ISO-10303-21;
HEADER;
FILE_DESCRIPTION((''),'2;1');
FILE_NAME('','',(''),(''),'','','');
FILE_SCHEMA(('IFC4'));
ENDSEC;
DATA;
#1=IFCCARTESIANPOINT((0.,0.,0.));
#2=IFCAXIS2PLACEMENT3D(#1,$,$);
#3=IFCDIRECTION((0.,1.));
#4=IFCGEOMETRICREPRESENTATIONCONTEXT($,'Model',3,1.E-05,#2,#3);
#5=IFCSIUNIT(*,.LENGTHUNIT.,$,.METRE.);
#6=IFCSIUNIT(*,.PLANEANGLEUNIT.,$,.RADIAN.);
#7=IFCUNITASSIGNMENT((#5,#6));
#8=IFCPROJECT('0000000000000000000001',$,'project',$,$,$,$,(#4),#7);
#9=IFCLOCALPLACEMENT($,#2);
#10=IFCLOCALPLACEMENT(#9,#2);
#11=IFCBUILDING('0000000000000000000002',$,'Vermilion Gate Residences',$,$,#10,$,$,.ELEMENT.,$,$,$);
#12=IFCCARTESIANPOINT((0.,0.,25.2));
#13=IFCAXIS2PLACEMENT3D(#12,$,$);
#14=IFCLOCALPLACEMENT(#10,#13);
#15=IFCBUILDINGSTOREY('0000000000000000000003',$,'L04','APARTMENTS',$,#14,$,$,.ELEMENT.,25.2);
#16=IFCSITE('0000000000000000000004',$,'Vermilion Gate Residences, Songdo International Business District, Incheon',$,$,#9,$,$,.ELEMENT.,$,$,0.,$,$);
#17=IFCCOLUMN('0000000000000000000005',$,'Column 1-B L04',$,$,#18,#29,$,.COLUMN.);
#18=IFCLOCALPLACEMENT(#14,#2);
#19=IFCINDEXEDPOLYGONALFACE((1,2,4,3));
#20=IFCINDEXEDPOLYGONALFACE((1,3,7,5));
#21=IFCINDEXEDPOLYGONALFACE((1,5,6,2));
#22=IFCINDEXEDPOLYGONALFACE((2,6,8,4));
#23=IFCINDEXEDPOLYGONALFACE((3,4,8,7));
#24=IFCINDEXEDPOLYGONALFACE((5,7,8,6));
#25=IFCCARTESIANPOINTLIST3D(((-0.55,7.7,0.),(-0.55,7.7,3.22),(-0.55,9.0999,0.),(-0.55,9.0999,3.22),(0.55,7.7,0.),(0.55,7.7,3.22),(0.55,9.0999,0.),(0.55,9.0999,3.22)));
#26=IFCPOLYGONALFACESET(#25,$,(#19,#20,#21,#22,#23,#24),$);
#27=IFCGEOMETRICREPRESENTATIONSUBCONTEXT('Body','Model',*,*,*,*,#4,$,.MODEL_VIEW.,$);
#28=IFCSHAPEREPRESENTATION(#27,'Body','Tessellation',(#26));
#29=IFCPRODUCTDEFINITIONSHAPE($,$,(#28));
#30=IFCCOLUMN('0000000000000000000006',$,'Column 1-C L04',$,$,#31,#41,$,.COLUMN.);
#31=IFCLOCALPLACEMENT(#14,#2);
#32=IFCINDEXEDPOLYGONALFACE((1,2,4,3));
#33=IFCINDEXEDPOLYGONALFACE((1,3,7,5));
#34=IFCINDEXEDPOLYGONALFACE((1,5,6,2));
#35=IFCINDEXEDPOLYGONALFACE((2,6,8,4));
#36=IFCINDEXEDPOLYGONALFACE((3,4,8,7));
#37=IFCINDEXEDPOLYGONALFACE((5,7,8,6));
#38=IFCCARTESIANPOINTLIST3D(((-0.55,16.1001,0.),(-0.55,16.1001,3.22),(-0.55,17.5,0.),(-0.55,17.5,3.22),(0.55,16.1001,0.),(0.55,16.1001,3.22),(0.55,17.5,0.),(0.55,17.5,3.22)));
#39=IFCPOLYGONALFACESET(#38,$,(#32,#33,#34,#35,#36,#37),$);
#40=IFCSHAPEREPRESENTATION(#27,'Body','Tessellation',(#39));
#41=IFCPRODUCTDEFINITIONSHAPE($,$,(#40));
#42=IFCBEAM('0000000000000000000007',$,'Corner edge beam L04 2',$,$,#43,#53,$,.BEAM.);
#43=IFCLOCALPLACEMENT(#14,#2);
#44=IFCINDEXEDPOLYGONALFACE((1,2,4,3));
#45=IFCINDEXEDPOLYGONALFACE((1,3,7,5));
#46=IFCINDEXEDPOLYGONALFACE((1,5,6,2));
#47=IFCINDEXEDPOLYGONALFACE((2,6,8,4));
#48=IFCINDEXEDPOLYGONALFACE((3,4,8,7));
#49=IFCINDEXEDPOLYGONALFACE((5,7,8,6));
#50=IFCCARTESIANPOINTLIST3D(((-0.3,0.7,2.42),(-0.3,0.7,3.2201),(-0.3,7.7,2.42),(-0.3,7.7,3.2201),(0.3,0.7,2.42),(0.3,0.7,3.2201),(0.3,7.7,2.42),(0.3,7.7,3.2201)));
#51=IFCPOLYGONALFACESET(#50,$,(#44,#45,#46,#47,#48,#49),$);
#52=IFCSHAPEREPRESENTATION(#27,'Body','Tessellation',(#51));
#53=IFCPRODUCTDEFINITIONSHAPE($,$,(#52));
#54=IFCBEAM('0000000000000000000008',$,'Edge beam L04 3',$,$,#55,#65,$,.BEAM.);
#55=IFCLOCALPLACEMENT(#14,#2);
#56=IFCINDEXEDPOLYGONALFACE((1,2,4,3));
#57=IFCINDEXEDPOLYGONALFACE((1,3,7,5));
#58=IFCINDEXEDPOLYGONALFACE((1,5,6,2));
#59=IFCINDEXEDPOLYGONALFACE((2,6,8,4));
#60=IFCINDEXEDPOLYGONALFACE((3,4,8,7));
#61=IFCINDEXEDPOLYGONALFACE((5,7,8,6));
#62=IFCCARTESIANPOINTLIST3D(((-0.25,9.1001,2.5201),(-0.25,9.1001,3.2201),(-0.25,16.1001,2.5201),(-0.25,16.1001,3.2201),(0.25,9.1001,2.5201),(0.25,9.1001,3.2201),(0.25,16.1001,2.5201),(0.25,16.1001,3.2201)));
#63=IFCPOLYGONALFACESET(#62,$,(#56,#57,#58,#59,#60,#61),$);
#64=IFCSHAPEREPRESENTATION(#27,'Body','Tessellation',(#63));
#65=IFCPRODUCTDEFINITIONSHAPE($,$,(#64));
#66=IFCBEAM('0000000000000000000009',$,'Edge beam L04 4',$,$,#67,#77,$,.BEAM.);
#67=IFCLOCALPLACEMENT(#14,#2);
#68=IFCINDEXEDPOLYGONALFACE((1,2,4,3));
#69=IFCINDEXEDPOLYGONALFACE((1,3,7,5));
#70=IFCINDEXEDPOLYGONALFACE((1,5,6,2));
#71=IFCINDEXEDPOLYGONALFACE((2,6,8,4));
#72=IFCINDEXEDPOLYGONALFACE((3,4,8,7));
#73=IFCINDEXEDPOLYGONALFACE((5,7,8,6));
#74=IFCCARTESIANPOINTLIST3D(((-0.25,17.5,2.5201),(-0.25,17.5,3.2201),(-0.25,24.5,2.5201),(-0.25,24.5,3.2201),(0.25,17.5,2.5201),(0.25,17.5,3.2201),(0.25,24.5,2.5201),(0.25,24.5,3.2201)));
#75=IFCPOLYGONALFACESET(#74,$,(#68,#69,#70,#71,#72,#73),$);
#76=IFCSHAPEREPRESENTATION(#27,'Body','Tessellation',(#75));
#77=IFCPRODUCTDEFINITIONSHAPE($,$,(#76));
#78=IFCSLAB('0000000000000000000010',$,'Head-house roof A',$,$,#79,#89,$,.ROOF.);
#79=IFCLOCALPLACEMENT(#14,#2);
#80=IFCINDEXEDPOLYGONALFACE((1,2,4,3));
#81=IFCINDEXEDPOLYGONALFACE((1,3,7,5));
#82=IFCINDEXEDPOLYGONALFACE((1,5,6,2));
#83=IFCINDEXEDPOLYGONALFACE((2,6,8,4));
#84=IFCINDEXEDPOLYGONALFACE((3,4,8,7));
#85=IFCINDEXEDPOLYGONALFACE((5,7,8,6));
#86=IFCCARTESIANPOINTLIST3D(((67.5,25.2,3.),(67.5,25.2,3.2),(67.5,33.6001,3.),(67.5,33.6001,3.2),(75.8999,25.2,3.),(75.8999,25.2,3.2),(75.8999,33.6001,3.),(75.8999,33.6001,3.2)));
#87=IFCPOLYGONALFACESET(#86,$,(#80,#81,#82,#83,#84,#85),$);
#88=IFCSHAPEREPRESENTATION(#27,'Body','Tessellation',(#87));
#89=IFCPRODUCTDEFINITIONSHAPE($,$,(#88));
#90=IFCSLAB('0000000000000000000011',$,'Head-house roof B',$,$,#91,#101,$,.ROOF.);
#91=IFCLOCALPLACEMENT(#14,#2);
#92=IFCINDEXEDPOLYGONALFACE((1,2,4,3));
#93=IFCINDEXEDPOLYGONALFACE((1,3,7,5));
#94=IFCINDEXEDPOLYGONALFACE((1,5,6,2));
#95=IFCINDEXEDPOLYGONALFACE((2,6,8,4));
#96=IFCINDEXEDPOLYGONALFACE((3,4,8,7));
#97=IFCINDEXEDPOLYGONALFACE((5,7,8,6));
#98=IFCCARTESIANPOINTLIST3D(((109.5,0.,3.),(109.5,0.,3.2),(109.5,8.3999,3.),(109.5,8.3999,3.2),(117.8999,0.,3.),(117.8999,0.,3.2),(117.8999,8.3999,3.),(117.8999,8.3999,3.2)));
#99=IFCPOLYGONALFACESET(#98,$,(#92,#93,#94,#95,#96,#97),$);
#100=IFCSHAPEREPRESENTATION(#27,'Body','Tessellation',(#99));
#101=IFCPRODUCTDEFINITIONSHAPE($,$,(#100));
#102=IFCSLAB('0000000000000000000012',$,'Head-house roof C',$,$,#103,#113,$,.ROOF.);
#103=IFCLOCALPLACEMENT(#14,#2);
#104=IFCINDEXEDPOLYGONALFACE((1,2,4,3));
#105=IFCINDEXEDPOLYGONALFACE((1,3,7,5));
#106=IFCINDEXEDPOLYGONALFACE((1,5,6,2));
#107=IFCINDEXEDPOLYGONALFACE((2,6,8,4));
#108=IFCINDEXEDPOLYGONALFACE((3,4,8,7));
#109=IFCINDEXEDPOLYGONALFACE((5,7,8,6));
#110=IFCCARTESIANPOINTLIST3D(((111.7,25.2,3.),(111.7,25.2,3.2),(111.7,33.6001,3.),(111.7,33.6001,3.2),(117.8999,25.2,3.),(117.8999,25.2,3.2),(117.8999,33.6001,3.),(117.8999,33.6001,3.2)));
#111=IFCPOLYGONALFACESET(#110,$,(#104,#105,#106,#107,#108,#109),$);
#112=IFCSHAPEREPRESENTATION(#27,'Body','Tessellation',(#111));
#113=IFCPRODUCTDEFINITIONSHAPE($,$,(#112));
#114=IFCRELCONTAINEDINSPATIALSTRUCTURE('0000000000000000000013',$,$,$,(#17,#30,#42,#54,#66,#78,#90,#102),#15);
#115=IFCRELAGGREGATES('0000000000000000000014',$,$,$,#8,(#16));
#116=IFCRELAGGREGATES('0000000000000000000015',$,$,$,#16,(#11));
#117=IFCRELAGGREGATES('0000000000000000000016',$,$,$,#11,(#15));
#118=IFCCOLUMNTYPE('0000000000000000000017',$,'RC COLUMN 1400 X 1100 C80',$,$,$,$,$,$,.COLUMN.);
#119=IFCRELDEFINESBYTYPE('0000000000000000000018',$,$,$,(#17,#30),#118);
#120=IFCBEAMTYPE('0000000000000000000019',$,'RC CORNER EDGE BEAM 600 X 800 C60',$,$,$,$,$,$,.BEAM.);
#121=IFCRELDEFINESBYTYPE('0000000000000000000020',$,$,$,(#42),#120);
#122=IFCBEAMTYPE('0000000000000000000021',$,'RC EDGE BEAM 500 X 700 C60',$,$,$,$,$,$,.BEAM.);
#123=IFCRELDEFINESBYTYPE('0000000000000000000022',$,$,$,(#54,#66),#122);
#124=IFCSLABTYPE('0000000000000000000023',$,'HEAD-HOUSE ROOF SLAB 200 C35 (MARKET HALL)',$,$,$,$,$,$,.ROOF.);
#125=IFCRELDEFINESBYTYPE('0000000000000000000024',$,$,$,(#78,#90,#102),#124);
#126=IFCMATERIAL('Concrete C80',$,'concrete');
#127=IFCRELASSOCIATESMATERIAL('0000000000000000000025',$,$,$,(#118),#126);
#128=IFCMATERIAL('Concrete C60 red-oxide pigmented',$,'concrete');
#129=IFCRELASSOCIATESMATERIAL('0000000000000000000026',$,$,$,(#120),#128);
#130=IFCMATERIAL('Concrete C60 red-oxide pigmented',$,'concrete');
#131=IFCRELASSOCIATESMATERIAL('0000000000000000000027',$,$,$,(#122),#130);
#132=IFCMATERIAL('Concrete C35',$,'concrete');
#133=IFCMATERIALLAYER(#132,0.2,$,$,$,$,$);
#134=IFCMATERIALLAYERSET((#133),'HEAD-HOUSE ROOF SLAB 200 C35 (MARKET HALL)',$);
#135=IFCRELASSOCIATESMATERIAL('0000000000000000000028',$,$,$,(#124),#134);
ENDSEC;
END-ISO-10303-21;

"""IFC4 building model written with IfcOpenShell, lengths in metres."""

from ifc_helpers import new_model, si_unit, direction, frame, origin, origin_2d, place, context, subcontext, project, spatial, polyline, rectangle, outline, extrude, material, layer, layer_set, material_profile, profile_set, type_object, element, save


model = new_model("IFC4")

# Units and contexts
model_context = context("Model", 3, precision=1e-05, world=origin(), true_north=direction((0.0, 1.0)))
body_context = subcontext(model_context, "Body", "Model", "MODEL_VIEW")
ifc_project = project(units=[si_unit("LENGTHUNIT", "METRE"), si_unit("PLANEANGLEUNIT", "RADIAN")], contexts=[model_context])

# Site, building, storey
site_placement = place(None, origin())
site = spatial("IfcSite", under=ifc_project, at=site_placement, Name="Vermilion Gate Residences, Songdo International Business District, Incheon", CompositionType="ELEMENT", RefElevation=0.0)
building_placement = place(site_placement, origin())
building = spatial("IfcBuilding", under=site, at=building_placement, Name="Vermilion Gate Residences", CompositionType="ELEMENT")
storey_placement = place(building_placement, frame((0.0, 0.0, 25.2)))
storey = spatial("IfcBuildingStorey", under=building, at=storey_placement, Name="L04", Description="APARTMENTS", CompositionType="ELEMENT", Elevation=25.2)

# Columns
ifc_material_1 = material(Name="Concrete C80", Category="concrete")
ifc_material_profile_1 = material_profile(ifc_material_1, rectangle(XDim=1.3999, YDim=1.1001, at=origin_2d()), Name="RC-1400x1100")
ifc_profile_set_1 = profile_set([ifc_material_profile_1], Name="Concrete C80")
column_type = type_object("IfcColumnType", Name="RC COLUMN 1400 X 1100 C80", PredefinedType="COLUMN", material=ifc_profile_set_1)
for number, where, z_axis, x_axis, name in (
    (1, (0.0, 8.3999, 0.0), (0.0, 0.0, 1.0), (0.0, 1.0, 0.0), "Column 1-B L04"),
    (2, (0.0, 16.8, 0.0), (0.0, 0.0, 1.0), (0.0, 1.0, 0.0), "Column 1-C L04"),
):
    element("IfcColumn", number, at=place(storey_placement, frame(where, z_axis=z_axis, x_axis=x_axis)), inside=storey, type_object=column_type, Name=name, PredefinedType="COLUMN", context=body_context, shape_type="SweptSolid", body=[
        extrude(rectangle(XDim=1.3999, YDim=1.1001, at=origin_2d()), origin(), (0.0, 0.0, 1.0), 3.22),
    ])

# Beams
ifc_material_2 = material(Name="Concrete C60 red-oxide pigmented", Category="concrete")
ifc_material_profile_2 = material_profile(ifc_material_2, rectangle(XDim=0.6001, YDim=0.8, at=origin_2d()), Name="RC-600x800")
ifc_profile_set_2 = profile_set([ifc_material_profile_2], Name="Concrete C60 red-oxide pigmented")
beam_type_1 = type_object("IfcBeamType", Name="RC CORNER EDGE BEAM 600 X 800 C60", PredefinedType="BEAM", material=ifc_profile_set_2)
beam_placement = place(storey_placement, frame((0.0, 0.7, 2.8201), z_axis=(0.0, 1.0, 0.0), x_axis=(-1.0, 0.0, 0.0)))
element("IfcBeam", 3, at=beam_placement, inside=storey, type_object=beam_type_1, Name="Corner edge beam L04 2", PredefinedType="BEAM", context=body_context, shape_type="SweptSolid", body=[
    extrude(rectangle(XDim=0.6001, YDim=0.8, at=origin_2d()), origin(), (0.0, 0.0, 1.0), 7.0),
])
ifc_material_3 = material(Name="Concrete C60 red-oxide pigmented", Category="concrete")
ifc_material_profile_3 = material_profile(ifc_material_3, rectangle(XDim=0.5, YDim=0.7, at=origin_2d()), Name="RC-500x700")
ifc_profile_set_3 = profile_set([ifc_material_profile_3], Name="Concrete C60 red-oxide pigmented")
beam_type_2 = type_object("IfcBeamType", Name="RC EDGE BEAM 500 X 700 C60", PredefinedType="BEAM", material=ifc_profile_set_3)
for number, where, z_axis, x_axis, name in (
    (4, (0.0, 9.1001, 2.8701), (0.0, 1.0, 0.0), (-1.0, 0.0, 0.0), "Edge beam L04 3"),
    (5, (0.0, 17.5, 2.8701), (0.0, 1.0, 0.0), (-1.0, 0.0, 0.0), "Edge beam L04 4"),
):
    element("IfcBeam", number, at=place(storey_placement, frame(where, z_axis=z_axis, x_axis=x_axis)), inside=storey, type_object=beam_type_2, Name=name, PredefinedType="BEAM", context=body_context, shape_type="SweptSolid", body=[
        extrude(rectangle(XDim=0.5, YDim=0.7, at=origin_2d()), origin(), (0.0, 0.0, 1.0), 7.0),
    ])

# Slabs
ifc_material_4 = material(Name="Concrete C35", Category="concrete")
ifc_layer_1 = layer(ifc_material_4, 0.2)
ifc_layer_set_1 = layer_set([ifc_layer_1], Name="HEAD-HOUSE ROOF SLAB 200 C35 (MARKET HALL)")
slab_type_1 = type_object("IfcSlabType", Name="HEAD-HOUSE ROOF SLAB 200 C35 (MARKET HALL)", PredefinedType="ROOF", material=ifc_layer_set_1)
slab_1_placement = place(storey_placement, frame((0.0, 0.0, 3.0)))
element("IfcSlab", 6, at=slab_1_placement, inside=storey, type_object=slab_type_1, Name="Head-house roof A", PredefinedType="ROOF", context=body_context, shape_type="SweptSolid", body=[
    extrude(outline(polyline([(75.8999, 25.2), (75.8999, 33.6001), (67.5, 33.6001), (67.5, 25.2), (75.8999, 25.2)])), origin(), (0.0, 0.0, 1.0), 0.2),
])
slab_2_placement = place(storey_placement, frame((0.0, 0.0, 3.0)))
element("IfcSlab", 7, at=slab_2_placement, inside=storey, type_object=slab_type_1, Name="Head-house roof B", PredefinedType="ROOF", context=body_context, shape_type="SweptSolid", body=[
    extrude(outline(polyline([(117.8999, 0.0), (117.8999, 8.3999), (109.5, 8.3999), (109.5, 0.0), (117.8999, 0.0)])), origin(), (0.0, 0.0, 1.0), 0.2),
])
slab_3_placement = place(storey_placement, frame((0.0, 0.0, 3.0)))
element("IfcSlab", 8, at=slab_3_placement, inside=storey, type_object=slab_type_1, Name="Head-house roof C", PredefinedType="ROOF", context=body_context, shape_type="SweptSolid", body=[
    extrude(outline(polyline([(117.8999, 25.2), (117.8999, 33.6001), (111.7, 33.6001), (111.7, 25.2), (117.8999, 25.2)])), origin(), (0.0, 0.0, 1.0), 0.2),
])

save(model, "model.ifc")
